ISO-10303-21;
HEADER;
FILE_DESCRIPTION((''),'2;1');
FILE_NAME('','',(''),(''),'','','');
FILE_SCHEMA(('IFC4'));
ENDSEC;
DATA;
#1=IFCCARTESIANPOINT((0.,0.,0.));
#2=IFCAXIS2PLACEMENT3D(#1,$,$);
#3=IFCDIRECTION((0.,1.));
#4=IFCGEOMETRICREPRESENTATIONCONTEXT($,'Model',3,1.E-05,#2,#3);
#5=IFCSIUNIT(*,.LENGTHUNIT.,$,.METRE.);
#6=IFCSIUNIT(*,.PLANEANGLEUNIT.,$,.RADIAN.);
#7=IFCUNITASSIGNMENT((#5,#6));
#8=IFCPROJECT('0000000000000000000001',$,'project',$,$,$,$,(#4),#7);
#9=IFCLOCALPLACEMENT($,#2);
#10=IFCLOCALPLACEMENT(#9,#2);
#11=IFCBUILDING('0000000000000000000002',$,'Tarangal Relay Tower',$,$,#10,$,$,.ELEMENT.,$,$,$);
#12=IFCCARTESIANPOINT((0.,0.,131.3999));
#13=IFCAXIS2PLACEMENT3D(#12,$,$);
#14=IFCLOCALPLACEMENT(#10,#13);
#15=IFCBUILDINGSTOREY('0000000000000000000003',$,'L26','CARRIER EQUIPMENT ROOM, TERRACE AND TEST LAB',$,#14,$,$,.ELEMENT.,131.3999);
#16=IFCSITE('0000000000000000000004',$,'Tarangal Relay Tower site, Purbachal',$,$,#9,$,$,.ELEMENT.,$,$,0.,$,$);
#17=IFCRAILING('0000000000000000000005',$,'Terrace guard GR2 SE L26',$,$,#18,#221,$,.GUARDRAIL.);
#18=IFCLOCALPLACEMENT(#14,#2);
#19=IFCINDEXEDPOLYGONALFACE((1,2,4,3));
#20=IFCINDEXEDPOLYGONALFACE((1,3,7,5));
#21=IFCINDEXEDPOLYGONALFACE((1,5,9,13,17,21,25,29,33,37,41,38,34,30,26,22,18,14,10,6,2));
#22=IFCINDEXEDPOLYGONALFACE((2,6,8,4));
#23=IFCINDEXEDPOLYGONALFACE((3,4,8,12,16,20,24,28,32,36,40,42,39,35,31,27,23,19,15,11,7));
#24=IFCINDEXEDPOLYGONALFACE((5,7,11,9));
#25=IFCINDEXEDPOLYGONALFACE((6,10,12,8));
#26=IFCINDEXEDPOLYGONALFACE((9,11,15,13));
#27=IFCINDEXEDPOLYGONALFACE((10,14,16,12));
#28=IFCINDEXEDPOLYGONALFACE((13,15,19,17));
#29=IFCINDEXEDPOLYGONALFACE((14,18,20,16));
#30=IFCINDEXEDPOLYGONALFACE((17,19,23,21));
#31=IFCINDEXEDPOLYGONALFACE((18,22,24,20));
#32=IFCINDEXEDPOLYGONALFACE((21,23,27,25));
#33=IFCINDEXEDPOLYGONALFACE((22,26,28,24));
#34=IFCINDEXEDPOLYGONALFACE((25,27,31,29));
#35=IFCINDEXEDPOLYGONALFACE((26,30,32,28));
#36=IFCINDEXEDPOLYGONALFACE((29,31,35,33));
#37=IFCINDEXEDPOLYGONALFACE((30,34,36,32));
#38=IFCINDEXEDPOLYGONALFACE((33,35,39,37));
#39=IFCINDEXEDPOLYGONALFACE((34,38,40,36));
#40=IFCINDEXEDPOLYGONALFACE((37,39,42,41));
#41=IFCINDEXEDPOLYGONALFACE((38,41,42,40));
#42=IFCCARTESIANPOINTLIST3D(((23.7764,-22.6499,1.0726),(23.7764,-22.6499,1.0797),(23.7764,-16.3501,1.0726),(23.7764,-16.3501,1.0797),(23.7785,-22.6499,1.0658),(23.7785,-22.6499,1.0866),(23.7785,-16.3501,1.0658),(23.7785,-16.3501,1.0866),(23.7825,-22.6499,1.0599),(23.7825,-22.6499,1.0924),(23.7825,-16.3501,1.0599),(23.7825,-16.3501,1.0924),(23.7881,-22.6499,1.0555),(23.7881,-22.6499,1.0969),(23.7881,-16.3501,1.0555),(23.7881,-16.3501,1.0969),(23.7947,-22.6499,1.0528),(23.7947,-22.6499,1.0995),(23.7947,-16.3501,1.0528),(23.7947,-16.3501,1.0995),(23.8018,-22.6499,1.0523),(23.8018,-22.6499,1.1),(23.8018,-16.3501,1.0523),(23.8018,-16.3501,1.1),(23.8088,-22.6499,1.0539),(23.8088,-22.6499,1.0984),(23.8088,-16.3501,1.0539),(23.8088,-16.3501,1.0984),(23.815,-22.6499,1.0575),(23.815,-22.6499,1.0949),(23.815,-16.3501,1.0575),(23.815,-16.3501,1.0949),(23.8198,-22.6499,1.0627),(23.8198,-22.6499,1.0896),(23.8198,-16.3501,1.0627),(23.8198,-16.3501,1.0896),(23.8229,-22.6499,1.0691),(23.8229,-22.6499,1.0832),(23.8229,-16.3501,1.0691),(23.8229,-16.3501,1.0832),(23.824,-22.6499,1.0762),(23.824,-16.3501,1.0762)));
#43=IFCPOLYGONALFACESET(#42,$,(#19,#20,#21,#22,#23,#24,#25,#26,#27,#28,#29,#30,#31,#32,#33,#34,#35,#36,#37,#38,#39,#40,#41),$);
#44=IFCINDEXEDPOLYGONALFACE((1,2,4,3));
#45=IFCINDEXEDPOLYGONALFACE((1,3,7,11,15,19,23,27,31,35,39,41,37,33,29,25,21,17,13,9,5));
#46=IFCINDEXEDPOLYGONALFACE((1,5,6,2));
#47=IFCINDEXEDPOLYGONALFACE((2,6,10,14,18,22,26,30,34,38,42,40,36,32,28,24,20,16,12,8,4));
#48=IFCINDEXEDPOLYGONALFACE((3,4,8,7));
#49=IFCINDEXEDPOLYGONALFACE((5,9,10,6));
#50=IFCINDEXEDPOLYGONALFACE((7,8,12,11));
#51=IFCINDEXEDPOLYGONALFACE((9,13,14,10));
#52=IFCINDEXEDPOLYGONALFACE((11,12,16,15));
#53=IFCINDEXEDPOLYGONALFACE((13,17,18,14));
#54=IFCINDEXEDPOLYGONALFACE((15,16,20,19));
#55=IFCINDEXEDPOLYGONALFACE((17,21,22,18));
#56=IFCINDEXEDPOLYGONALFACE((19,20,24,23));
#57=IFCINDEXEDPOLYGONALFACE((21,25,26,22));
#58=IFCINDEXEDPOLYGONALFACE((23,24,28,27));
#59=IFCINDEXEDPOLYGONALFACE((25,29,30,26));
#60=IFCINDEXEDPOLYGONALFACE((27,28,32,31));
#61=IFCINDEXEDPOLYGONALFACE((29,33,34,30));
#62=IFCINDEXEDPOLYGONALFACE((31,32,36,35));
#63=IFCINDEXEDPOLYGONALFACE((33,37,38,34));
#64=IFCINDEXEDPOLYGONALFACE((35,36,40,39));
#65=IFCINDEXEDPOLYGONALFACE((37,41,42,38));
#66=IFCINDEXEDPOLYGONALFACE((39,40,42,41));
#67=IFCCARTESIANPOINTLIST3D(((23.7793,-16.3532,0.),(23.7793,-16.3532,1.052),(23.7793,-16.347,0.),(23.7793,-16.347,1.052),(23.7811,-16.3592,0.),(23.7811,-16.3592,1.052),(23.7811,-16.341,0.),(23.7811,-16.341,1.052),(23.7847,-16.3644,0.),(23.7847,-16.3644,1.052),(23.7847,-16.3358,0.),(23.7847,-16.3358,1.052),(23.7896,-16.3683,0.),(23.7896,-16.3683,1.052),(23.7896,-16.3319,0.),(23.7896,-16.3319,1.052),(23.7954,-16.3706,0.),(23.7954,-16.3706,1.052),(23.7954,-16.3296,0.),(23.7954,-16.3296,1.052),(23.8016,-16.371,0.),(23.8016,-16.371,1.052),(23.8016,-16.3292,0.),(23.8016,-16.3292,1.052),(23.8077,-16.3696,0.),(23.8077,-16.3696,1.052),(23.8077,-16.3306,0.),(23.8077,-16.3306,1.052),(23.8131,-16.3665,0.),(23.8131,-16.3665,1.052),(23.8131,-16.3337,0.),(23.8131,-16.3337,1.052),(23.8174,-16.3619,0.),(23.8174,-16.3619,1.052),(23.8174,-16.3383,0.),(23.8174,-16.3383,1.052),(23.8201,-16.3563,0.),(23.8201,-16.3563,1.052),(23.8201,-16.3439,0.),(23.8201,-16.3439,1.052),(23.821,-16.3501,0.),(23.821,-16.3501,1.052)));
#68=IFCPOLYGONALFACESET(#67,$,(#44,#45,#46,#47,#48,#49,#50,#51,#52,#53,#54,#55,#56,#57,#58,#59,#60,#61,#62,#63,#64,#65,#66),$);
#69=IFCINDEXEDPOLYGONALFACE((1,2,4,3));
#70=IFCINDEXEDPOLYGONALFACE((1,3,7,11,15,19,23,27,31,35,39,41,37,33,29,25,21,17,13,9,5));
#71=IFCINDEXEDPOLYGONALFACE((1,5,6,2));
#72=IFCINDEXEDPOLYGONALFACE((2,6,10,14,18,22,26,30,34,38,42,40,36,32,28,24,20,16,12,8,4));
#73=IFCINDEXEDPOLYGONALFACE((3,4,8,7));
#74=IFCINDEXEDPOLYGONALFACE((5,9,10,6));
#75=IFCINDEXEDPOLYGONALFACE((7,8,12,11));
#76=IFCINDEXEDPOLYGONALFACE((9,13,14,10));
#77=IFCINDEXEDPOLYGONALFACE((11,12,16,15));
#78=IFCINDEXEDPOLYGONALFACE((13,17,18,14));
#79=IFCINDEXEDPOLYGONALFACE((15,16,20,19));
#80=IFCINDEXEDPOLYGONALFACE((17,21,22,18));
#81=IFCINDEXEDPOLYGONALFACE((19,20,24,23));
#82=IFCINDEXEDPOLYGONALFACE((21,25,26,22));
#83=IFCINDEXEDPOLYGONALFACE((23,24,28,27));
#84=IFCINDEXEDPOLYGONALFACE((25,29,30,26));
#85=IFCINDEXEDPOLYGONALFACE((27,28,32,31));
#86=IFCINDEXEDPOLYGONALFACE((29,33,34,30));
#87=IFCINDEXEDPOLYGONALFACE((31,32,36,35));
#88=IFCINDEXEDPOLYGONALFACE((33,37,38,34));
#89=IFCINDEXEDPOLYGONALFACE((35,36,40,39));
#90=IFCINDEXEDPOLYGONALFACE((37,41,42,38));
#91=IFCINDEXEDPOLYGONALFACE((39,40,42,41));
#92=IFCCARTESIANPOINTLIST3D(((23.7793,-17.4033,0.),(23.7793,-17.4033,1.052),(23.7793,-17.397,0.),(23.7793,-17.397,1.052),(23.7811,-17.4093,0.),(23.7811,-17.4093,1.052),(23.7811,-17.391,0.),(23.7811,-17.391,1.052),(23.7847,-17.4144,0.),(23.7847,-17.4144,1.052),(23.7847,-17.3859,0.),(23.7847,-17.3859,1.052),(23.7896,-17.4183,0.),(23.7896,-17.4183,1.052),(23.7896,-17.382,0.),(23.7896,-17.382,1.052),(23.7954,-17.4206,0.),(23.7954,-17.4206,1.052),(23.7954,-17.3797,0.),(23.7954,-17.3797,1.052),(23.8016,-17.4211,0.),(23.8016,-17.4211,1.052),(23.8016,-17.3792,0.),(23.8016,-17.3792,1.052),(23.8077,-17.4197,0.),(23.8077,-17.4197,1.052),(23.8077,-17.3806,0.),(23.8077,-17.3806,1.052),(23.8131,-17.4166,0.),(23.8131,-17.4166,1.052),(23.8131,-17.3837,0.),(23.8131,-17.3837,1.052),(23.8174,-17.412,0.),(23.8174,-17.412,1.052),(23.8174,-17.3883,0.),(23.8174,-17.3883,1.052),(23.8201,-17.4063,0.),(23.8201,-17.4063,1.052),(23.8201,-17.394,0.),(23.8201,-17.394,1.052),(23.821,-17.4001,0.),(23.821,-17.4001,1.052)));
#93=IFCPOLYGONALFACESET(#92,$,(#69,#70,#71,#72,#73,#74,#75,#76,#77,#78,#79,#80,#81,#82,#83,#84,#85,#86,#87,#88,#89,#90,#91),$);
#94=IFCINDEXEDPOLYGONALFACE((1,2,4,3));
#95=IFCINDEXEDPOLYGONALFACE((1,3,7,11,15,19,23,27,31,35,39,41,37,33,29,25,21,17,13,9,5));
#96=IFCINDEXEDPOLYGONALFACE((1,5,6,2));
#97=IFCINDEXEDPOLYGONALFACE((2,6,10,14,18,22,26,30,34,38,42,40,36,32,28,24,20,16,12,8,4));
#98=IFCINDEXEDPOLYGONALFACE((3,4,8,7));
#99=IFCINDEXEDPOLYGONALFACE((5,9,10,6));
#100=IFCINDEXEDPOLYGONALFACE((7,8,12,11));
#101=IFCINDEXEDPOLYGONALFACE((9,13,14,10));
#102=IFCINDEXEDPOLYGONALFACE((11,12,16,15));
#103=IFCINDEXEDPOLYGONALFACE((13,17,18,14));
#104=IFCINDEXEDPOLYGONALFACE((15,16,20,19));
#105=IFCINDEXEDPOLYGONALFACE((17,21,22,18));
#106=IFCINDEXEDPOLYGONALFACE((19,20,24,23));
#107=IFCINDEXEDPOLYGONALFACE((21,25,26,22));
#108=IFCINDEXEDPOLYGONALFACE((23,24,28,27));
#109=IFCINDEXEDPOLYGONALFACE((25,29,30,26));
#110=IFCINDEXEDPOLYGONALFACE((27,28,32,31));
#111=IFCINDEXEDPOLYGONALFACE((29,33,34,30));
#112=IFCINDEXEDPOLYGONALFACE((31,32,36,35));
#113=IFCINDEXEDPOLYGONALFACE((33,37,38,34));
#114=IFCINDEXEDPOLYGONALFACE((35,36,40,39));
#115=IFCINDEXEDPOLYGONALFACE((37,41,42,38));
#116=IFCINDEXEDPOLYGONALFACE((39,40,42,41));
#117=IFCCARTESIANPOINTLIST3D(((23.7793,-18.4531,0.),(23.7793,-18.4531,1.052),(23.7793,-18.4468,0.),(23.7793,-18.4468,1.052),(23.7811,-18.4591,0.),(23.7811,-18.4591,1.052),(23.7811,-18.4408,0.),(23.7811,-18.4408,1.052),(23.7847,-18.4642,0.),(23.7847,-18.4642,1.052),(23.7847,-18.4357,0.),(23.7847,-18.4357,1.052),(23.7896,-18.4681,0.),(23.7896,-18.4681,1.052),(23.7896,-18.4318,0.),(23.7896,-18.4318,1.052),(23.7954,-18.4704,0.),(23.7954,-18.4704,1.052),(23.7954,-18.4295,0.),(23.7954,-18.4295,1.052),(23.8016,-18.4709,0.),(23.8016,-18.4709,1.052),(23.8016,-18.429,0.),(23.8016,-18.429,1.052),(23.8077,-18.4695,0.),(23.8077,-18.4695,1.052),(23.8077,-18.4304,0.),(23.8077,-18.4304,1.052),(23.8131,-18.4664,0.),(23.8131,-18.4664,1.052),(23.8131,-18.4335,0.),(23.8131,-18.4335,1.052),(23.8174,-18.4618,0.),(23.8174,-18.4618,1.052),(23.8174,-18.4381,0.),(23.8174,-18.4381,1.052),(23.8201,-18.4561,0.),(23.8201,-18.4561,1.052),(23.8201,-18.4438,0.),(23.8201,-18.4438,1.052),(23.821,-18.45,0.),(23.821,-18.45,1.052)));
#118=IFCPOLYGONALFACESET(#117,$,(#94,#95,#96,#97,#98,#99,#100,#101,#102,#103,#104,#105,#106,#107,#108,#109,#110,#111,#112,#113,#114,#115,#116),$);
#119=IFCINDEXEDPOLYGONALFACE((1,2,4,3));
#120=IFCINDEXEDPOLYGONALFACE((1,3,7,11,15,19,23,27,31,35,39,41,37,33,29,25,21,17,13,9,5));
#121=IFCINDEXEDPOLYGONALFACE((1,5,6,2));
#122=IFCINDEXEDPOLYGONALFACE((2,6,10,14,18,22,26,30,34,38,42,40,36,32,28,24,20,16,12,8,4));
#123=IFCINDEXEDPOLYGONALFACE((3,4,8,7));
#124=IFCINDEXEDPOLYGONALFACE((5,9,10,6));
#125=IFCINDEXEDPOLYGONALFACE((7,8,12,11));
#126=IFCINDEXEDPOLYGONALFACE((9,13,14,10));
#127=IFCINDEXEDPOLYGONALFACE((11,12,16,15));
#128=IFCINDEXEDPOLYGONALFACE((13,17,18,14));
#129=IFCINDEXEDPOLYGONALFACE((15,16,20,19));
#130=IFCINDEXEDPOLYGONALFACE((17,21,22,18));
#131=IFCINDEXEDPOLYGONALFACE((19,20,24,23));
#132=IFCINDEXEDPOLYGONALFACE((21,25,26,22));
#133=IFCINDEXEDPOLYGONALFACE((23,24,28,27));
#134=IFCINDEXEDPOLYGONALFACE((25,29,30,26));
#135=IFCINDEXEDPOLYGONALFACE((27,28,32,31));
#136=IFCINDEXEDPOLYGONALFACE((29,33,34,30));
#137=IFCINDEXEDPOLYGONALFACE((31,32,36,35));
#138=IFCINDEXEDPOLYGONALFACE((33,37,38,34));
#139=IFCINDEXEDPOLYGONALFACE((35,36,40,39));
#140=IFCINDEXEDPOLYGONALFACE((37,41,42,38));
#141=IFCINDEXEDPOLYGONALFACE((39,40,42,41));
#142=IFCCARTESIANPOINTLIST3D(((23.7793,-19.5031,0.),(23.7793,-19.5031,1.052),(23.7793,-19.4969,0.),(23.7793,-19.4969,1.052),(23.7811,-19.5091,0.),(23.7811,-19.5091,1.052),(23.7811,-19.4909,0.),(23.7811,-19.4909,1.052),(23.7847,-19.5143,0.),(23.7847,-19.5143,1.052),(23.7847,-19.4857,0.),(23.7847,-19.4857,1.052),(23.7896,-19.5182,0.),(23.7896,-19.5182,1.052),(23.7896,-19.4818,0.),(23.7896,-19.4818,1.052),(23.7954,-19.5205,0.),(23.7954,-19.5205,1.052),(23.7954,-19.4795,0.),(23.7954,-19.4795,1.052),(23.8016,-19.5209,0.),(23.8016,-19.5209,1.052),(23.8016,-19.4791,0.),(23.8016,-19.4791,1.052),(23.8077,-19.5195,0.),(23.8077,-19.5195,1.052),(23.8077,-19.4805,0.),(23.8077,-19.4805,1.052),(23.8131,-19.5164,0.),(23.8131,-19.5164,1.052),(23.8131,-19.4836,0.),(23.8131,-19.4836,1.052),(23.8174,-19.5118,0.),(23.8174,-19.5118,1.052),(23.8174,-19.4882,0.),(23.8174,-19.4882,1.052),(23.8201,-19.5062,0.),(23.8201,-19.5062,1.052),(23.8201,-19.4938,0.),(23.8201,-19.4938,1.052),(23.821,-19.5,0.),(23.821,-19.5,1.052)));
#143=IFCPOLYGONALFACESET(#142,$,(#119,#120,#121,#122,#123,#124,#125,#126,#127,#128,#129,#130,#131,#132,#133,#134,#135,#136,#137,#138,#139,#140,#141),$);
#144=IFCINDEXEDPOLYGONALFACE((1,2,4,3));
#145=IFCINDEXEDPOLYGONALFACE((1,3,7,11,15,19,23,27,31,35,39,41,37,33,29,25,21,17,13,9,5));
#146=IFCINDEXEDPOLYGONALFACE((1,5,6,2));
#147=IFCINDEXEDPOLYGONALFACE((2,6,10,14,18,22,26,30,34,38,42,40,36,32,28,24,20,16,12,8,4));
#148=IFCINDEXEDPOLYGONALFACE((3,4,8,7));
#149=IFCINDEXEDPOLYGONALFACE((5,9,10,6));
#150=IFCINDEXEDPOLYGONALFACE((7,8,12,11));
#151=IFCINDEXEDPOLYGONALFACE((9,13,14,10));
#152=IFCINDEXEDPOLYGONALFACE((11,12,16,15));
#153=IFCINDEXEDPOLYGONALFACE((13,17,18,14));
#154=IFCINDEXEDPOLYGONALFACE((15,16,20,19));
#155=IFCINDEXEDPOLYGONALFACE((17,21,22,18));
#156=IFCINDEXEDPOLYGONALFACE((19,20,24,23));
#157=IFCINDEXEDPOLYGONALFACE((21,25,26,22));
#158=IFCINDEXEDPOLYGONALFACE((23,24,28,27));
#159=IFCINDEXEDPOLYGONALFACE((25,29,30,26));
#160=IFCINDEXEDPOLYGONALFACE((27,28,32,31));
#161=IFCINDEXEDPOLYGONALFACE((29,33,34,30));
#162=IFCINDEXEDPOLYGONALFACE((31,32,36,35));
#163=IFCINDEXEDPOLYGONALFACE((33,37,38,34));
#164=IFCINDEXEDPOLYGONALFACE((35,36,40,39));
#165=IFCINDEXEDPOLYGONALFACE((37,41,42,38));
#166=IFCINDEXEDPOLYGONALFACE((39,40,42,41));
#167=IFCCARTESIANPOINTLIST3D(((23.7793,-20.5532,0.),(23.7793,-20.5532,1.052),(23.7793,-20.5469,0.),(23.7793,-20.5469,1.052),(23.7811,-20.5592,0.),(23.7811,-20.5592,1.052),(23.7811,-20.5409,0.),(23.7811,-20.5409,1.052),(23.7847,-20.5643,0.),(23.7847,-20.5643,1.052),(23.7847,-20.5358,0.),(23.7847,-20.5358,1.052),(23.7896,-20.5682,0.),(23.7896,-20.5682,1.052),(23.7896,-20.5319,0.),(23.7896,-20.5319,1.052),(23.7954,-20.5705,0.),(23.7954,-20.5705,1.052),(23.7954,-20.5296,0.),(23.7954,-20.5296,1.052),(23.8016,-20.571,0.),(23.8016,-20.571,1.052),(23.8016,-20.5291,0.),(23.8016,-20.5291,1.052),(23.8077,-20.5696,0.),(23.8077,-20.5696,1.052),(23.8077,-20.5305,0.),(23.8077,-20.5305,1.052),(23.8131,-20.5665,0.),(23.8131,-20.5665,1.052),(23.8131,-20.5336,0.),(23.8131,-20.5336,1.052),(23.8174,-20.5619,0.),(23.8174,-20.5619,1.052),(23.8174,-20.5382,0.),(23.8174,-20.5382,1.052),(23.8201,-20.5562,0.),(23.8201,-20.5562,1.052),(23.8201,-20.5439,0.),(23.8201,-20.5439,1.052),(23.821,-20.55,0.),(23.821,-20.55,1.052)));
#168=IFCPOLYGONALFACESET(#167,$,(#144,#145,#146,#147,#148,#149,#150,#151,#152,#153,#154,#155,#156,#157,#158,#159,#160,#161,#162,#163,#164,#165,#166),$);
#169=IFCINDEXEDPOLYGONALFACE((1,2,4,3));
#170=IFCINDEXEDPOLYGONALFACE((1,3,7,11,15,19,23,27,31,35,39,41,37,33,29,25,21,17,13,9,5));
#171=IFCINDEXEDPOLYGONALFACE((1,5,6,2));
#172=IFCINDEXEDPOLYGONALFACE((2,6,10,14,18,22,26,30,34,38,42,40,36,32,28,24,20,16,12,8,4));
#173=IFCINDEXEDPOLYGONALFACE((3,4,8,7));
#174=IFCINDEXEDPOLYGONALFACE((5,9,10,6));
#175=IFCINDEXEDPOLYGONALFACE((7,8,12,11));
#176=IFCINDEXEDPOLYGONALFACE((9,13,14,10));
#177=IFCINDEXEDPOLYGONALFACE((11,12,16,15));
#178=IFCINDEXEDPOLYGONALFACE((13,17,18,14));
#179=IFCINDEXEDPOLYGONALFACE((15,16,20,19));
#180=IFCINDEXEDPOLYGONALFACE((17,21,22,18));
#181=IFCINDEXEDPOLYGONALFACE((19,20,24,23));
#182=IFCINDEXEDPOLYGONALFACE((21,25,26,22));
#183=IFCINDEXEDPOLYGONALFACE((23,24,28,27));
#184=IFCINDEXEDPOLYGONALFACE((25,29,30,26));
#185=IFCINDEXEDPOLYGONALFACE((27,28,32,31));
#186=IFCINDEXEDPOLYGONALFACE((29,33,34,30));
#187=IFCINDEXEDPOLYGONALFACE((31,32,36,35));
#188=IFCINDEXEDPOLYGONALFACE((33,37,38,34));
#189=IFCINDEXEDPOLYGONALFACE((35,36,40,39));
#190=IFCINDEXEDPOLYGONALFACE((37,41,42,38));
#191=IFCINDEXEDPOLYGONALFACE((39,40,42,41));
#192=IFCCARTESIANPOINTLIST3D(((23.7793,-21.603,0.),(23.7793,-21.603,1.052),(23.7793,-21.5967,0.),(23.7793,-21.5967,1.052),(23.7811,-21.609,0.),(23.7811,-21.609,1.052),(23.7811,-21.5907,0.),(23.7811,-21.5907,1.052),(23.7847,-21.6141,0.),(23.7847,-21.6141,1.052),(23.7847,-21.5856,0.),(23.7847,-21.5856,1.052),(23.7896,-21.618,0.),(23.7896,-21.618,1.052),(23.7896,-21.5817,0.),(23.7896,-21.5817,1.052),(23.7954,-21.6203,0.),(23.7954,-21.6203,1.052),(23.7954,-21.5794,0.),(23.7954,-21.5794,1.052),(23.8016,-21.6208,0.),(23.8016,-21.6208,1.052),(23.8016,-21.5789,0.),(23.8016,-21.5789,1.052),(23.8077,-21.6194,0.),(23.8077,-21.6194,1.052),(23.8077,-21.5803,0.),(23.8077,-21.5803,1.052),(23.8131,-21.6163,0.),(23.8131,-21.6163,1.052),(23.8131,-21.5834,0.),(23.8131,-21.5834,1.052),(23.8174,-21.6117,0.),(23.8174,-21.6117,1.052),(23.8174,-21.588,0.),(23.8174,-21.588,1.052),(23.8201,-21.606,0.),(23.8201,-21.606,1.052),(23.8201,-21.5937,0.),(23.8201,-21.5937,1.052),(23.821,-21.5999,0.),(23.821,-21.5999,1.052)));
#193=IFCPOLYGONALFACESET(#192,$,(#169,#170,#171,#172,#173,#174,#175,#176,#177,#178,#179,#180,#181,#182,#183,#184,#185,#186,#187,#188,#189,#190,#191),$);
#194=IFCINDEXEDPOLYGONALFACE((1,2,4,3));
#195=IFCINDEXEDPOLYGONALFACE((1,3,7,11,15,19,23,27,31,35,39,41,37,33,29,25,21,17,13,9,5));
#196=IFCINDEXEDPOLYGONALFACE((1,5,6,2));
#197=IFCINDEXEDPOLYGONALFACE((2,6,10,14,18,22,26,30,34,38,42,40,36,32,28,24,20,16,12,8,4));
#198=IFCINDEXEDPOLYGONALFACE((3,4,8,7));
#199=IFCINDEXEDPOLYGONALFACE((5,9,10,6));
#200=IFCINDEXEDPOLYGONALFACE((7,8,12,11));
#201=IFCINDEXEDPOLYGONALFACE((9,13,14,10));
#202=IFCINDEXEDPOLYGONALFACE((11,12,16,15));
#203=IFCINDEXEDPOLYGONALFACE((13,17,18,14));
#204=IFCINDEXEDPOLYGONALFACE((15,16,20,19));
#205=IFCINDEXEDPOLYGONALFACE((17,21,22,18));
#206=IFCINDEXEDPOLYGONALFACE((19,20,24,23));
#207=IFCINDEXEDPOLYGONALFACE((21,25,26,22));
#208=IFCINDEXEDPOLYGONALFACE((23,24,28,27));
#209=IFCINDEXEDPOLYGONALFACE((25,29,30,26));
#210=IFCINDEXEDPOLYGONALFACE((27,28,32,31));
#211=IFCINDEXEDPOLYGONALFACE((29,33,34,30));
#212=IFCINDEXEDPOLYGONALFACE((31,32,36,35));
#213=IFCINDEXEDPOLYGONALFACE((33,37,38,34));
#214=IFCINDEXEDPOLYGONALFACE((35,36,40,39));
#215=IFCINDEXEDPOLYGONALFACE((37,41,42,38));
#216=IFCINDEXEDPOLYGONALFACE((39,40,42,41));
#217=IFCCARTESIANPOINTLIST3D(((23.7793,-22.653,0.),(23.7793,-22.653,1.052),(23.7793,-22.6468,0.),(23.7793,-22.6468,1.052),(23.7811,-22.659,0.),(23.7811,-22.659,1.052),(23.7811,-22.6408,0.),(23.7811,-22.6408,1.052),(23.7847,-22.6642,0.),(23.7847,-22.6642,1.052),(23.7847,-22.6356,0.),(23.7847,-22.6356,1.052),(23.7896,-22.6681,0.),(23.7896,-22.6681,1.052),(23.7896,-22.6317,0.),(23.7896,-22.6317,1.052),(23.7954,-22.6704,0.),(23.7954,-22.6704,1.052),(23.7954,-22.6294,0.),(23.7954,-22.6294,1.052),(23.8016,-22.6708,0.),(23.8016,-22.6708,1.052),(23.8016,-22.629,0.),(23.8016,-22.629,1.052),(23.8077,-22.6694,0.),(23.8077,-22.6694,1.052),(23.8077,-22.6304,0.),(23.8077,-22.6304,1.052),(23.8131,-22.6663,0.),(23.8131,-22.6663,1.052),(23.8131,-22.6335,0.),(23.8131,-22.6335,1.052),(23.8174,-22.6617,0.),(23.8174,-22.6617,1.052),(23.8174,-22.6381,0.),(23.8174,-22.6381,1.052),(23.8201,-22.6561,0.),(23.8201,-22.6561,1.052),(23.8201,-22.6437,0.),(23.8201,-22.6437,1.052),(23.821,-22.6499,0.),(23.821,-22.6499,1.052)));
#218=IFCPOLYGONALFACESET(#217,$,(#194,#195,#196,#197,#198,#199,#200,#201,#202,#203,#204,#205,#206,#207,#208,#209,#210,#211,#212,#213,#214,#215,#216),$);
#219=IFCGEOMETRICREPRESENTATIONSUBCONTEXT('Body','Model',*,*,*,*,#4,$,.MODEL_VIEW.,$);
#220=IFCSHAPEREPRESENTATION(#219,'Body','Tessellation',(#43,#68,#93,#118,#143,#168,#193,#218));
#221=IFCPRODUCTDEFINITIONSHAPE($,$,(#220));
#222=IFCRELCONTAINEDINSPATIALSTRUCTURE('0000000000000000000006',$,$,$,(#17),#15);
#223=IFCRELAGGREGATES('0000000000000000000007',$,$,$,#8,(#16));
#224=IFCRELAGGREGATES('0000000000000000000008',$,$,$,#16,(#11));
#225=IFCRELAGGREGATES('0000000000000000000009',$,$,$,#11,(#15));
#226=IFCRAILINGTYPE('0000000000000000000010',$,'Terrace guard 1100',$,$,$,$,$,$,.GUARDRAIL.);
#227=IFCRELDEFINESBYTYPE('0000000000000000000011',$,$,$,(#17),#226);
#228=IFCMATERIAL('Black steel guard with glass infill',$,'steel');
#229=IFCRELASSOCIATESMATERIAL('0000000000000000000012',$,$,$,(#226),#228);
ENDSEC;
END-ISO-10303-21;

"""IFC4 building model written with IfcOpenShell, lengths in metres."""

from ifc_helpers import new_model, si_unit, direction, frame, origin, origin_2d, place, context, subcontext, project, spatial, circle, extrude, material, type_object, element, save


model = new_model("IFC4")

# Units and contexts
model_context = context("Model", 3, precision=1e-05, world=origin(), true_north=direction((0.0, 1.0)))
body_context = subcontext(model_context, "Body", "Model", "MODEL_VIEW")
ifc_project = project(units=[si_unit("LENGTHUNIT", "METRE"), si_unit("PLANEANGLEUNIT", "RADIAN")], contexts=[model_context])

# Site, building, storey
site_placement = place(None, origin())
site = spatial("IfcSite", under=ifc_project, at=site_placement, Name="Tarangal Relay Tower site, Purbachal", CompositionType="ELEMENT", RefElevation=0.0)
building_placement = place(site_placement, origin())
building = spatial("IfcBuilding", under=site, at=building_placement, Name="Tarangal Relay Tower", CompositionType="ELEMENT")
storey_placement = place(building_placement, frame((0.0, 0.0, 131.3999)))
storey = spatial("IfcBuildingStorey", under=building, at=storey_placement, Name="L26", Description="CARRIER EQUIPMENT ROOM, TERRACE AND TEST LAB", CompositionType="ELEMENT", Elevation=131.3999)

# Railing
ifc_material_1 = material(Name="Black steel guard with glass infill", Category="steel")
railing_type = type_object("IfcRailingType", Name="Terrace guard 1100", PredefinedType="GUARDRAIL", material=ifc_material_1)
railing_1_placement = place(storey_placement, frame((23.8, -16.3501, 0.0)))
element("IfcRailing", 1, at=railing_1_placement, inside=storey, type_object=railing_type, Name="Terrace guard GR2 SE L26", PredefinedType="GUARDRAIL", context=body_context, shape_type="SweptSolid", body=[
    extrude(circle(Radius=0.0239, at=origin_2d()), frame((0.0, 0.0, 1.0762), z_axis=(0.0, -1.0, 0.0), x_axis=(1.0, 0.0, 0.0)), (0.0, 0.0, 1.0), 6.2998),
    extrude(circle(Radius=0.021, at=origin_2d()), origin(), (0.0, 0.0, 1.0), 1.052),
    extrude(circle(Radius=0.021, at=origin_2d()), frame((0.0, -1.05, 0.0)), (0.0, 0.0, 1.0), 1.052),
    extrude(circle(Radius=0.021, at=origin_2d()), frame((0.0, -2.0999, 0.0)), (0.0, 0.0, 1.0), 1.052),
    extrude(circle(Radius=0.021, at=origin_2d()), frame((0.0, -3.1499, 0.0)), (0.0, 0.0, 1.0), 1.052),
    extrude(circle(Radius=0.021, at=origin_2d()), frame((0.0, -4.2, 0.0)), (0.0, 0.0, 1.0), 1.052),
    extrude(circle(Radius=0.021, at=origin_2d()), frame((0.0, -5.2498, 0.0)), (0.0, 0.0, 1.0), 1.052),
    extrude(circle(Radius=0.021, at=origin_2d()), frame((0.0, -6.2998, 0.0)), (0.0, 0.0, 1.0), 1.052),
])

save(model, "model.ifc")
